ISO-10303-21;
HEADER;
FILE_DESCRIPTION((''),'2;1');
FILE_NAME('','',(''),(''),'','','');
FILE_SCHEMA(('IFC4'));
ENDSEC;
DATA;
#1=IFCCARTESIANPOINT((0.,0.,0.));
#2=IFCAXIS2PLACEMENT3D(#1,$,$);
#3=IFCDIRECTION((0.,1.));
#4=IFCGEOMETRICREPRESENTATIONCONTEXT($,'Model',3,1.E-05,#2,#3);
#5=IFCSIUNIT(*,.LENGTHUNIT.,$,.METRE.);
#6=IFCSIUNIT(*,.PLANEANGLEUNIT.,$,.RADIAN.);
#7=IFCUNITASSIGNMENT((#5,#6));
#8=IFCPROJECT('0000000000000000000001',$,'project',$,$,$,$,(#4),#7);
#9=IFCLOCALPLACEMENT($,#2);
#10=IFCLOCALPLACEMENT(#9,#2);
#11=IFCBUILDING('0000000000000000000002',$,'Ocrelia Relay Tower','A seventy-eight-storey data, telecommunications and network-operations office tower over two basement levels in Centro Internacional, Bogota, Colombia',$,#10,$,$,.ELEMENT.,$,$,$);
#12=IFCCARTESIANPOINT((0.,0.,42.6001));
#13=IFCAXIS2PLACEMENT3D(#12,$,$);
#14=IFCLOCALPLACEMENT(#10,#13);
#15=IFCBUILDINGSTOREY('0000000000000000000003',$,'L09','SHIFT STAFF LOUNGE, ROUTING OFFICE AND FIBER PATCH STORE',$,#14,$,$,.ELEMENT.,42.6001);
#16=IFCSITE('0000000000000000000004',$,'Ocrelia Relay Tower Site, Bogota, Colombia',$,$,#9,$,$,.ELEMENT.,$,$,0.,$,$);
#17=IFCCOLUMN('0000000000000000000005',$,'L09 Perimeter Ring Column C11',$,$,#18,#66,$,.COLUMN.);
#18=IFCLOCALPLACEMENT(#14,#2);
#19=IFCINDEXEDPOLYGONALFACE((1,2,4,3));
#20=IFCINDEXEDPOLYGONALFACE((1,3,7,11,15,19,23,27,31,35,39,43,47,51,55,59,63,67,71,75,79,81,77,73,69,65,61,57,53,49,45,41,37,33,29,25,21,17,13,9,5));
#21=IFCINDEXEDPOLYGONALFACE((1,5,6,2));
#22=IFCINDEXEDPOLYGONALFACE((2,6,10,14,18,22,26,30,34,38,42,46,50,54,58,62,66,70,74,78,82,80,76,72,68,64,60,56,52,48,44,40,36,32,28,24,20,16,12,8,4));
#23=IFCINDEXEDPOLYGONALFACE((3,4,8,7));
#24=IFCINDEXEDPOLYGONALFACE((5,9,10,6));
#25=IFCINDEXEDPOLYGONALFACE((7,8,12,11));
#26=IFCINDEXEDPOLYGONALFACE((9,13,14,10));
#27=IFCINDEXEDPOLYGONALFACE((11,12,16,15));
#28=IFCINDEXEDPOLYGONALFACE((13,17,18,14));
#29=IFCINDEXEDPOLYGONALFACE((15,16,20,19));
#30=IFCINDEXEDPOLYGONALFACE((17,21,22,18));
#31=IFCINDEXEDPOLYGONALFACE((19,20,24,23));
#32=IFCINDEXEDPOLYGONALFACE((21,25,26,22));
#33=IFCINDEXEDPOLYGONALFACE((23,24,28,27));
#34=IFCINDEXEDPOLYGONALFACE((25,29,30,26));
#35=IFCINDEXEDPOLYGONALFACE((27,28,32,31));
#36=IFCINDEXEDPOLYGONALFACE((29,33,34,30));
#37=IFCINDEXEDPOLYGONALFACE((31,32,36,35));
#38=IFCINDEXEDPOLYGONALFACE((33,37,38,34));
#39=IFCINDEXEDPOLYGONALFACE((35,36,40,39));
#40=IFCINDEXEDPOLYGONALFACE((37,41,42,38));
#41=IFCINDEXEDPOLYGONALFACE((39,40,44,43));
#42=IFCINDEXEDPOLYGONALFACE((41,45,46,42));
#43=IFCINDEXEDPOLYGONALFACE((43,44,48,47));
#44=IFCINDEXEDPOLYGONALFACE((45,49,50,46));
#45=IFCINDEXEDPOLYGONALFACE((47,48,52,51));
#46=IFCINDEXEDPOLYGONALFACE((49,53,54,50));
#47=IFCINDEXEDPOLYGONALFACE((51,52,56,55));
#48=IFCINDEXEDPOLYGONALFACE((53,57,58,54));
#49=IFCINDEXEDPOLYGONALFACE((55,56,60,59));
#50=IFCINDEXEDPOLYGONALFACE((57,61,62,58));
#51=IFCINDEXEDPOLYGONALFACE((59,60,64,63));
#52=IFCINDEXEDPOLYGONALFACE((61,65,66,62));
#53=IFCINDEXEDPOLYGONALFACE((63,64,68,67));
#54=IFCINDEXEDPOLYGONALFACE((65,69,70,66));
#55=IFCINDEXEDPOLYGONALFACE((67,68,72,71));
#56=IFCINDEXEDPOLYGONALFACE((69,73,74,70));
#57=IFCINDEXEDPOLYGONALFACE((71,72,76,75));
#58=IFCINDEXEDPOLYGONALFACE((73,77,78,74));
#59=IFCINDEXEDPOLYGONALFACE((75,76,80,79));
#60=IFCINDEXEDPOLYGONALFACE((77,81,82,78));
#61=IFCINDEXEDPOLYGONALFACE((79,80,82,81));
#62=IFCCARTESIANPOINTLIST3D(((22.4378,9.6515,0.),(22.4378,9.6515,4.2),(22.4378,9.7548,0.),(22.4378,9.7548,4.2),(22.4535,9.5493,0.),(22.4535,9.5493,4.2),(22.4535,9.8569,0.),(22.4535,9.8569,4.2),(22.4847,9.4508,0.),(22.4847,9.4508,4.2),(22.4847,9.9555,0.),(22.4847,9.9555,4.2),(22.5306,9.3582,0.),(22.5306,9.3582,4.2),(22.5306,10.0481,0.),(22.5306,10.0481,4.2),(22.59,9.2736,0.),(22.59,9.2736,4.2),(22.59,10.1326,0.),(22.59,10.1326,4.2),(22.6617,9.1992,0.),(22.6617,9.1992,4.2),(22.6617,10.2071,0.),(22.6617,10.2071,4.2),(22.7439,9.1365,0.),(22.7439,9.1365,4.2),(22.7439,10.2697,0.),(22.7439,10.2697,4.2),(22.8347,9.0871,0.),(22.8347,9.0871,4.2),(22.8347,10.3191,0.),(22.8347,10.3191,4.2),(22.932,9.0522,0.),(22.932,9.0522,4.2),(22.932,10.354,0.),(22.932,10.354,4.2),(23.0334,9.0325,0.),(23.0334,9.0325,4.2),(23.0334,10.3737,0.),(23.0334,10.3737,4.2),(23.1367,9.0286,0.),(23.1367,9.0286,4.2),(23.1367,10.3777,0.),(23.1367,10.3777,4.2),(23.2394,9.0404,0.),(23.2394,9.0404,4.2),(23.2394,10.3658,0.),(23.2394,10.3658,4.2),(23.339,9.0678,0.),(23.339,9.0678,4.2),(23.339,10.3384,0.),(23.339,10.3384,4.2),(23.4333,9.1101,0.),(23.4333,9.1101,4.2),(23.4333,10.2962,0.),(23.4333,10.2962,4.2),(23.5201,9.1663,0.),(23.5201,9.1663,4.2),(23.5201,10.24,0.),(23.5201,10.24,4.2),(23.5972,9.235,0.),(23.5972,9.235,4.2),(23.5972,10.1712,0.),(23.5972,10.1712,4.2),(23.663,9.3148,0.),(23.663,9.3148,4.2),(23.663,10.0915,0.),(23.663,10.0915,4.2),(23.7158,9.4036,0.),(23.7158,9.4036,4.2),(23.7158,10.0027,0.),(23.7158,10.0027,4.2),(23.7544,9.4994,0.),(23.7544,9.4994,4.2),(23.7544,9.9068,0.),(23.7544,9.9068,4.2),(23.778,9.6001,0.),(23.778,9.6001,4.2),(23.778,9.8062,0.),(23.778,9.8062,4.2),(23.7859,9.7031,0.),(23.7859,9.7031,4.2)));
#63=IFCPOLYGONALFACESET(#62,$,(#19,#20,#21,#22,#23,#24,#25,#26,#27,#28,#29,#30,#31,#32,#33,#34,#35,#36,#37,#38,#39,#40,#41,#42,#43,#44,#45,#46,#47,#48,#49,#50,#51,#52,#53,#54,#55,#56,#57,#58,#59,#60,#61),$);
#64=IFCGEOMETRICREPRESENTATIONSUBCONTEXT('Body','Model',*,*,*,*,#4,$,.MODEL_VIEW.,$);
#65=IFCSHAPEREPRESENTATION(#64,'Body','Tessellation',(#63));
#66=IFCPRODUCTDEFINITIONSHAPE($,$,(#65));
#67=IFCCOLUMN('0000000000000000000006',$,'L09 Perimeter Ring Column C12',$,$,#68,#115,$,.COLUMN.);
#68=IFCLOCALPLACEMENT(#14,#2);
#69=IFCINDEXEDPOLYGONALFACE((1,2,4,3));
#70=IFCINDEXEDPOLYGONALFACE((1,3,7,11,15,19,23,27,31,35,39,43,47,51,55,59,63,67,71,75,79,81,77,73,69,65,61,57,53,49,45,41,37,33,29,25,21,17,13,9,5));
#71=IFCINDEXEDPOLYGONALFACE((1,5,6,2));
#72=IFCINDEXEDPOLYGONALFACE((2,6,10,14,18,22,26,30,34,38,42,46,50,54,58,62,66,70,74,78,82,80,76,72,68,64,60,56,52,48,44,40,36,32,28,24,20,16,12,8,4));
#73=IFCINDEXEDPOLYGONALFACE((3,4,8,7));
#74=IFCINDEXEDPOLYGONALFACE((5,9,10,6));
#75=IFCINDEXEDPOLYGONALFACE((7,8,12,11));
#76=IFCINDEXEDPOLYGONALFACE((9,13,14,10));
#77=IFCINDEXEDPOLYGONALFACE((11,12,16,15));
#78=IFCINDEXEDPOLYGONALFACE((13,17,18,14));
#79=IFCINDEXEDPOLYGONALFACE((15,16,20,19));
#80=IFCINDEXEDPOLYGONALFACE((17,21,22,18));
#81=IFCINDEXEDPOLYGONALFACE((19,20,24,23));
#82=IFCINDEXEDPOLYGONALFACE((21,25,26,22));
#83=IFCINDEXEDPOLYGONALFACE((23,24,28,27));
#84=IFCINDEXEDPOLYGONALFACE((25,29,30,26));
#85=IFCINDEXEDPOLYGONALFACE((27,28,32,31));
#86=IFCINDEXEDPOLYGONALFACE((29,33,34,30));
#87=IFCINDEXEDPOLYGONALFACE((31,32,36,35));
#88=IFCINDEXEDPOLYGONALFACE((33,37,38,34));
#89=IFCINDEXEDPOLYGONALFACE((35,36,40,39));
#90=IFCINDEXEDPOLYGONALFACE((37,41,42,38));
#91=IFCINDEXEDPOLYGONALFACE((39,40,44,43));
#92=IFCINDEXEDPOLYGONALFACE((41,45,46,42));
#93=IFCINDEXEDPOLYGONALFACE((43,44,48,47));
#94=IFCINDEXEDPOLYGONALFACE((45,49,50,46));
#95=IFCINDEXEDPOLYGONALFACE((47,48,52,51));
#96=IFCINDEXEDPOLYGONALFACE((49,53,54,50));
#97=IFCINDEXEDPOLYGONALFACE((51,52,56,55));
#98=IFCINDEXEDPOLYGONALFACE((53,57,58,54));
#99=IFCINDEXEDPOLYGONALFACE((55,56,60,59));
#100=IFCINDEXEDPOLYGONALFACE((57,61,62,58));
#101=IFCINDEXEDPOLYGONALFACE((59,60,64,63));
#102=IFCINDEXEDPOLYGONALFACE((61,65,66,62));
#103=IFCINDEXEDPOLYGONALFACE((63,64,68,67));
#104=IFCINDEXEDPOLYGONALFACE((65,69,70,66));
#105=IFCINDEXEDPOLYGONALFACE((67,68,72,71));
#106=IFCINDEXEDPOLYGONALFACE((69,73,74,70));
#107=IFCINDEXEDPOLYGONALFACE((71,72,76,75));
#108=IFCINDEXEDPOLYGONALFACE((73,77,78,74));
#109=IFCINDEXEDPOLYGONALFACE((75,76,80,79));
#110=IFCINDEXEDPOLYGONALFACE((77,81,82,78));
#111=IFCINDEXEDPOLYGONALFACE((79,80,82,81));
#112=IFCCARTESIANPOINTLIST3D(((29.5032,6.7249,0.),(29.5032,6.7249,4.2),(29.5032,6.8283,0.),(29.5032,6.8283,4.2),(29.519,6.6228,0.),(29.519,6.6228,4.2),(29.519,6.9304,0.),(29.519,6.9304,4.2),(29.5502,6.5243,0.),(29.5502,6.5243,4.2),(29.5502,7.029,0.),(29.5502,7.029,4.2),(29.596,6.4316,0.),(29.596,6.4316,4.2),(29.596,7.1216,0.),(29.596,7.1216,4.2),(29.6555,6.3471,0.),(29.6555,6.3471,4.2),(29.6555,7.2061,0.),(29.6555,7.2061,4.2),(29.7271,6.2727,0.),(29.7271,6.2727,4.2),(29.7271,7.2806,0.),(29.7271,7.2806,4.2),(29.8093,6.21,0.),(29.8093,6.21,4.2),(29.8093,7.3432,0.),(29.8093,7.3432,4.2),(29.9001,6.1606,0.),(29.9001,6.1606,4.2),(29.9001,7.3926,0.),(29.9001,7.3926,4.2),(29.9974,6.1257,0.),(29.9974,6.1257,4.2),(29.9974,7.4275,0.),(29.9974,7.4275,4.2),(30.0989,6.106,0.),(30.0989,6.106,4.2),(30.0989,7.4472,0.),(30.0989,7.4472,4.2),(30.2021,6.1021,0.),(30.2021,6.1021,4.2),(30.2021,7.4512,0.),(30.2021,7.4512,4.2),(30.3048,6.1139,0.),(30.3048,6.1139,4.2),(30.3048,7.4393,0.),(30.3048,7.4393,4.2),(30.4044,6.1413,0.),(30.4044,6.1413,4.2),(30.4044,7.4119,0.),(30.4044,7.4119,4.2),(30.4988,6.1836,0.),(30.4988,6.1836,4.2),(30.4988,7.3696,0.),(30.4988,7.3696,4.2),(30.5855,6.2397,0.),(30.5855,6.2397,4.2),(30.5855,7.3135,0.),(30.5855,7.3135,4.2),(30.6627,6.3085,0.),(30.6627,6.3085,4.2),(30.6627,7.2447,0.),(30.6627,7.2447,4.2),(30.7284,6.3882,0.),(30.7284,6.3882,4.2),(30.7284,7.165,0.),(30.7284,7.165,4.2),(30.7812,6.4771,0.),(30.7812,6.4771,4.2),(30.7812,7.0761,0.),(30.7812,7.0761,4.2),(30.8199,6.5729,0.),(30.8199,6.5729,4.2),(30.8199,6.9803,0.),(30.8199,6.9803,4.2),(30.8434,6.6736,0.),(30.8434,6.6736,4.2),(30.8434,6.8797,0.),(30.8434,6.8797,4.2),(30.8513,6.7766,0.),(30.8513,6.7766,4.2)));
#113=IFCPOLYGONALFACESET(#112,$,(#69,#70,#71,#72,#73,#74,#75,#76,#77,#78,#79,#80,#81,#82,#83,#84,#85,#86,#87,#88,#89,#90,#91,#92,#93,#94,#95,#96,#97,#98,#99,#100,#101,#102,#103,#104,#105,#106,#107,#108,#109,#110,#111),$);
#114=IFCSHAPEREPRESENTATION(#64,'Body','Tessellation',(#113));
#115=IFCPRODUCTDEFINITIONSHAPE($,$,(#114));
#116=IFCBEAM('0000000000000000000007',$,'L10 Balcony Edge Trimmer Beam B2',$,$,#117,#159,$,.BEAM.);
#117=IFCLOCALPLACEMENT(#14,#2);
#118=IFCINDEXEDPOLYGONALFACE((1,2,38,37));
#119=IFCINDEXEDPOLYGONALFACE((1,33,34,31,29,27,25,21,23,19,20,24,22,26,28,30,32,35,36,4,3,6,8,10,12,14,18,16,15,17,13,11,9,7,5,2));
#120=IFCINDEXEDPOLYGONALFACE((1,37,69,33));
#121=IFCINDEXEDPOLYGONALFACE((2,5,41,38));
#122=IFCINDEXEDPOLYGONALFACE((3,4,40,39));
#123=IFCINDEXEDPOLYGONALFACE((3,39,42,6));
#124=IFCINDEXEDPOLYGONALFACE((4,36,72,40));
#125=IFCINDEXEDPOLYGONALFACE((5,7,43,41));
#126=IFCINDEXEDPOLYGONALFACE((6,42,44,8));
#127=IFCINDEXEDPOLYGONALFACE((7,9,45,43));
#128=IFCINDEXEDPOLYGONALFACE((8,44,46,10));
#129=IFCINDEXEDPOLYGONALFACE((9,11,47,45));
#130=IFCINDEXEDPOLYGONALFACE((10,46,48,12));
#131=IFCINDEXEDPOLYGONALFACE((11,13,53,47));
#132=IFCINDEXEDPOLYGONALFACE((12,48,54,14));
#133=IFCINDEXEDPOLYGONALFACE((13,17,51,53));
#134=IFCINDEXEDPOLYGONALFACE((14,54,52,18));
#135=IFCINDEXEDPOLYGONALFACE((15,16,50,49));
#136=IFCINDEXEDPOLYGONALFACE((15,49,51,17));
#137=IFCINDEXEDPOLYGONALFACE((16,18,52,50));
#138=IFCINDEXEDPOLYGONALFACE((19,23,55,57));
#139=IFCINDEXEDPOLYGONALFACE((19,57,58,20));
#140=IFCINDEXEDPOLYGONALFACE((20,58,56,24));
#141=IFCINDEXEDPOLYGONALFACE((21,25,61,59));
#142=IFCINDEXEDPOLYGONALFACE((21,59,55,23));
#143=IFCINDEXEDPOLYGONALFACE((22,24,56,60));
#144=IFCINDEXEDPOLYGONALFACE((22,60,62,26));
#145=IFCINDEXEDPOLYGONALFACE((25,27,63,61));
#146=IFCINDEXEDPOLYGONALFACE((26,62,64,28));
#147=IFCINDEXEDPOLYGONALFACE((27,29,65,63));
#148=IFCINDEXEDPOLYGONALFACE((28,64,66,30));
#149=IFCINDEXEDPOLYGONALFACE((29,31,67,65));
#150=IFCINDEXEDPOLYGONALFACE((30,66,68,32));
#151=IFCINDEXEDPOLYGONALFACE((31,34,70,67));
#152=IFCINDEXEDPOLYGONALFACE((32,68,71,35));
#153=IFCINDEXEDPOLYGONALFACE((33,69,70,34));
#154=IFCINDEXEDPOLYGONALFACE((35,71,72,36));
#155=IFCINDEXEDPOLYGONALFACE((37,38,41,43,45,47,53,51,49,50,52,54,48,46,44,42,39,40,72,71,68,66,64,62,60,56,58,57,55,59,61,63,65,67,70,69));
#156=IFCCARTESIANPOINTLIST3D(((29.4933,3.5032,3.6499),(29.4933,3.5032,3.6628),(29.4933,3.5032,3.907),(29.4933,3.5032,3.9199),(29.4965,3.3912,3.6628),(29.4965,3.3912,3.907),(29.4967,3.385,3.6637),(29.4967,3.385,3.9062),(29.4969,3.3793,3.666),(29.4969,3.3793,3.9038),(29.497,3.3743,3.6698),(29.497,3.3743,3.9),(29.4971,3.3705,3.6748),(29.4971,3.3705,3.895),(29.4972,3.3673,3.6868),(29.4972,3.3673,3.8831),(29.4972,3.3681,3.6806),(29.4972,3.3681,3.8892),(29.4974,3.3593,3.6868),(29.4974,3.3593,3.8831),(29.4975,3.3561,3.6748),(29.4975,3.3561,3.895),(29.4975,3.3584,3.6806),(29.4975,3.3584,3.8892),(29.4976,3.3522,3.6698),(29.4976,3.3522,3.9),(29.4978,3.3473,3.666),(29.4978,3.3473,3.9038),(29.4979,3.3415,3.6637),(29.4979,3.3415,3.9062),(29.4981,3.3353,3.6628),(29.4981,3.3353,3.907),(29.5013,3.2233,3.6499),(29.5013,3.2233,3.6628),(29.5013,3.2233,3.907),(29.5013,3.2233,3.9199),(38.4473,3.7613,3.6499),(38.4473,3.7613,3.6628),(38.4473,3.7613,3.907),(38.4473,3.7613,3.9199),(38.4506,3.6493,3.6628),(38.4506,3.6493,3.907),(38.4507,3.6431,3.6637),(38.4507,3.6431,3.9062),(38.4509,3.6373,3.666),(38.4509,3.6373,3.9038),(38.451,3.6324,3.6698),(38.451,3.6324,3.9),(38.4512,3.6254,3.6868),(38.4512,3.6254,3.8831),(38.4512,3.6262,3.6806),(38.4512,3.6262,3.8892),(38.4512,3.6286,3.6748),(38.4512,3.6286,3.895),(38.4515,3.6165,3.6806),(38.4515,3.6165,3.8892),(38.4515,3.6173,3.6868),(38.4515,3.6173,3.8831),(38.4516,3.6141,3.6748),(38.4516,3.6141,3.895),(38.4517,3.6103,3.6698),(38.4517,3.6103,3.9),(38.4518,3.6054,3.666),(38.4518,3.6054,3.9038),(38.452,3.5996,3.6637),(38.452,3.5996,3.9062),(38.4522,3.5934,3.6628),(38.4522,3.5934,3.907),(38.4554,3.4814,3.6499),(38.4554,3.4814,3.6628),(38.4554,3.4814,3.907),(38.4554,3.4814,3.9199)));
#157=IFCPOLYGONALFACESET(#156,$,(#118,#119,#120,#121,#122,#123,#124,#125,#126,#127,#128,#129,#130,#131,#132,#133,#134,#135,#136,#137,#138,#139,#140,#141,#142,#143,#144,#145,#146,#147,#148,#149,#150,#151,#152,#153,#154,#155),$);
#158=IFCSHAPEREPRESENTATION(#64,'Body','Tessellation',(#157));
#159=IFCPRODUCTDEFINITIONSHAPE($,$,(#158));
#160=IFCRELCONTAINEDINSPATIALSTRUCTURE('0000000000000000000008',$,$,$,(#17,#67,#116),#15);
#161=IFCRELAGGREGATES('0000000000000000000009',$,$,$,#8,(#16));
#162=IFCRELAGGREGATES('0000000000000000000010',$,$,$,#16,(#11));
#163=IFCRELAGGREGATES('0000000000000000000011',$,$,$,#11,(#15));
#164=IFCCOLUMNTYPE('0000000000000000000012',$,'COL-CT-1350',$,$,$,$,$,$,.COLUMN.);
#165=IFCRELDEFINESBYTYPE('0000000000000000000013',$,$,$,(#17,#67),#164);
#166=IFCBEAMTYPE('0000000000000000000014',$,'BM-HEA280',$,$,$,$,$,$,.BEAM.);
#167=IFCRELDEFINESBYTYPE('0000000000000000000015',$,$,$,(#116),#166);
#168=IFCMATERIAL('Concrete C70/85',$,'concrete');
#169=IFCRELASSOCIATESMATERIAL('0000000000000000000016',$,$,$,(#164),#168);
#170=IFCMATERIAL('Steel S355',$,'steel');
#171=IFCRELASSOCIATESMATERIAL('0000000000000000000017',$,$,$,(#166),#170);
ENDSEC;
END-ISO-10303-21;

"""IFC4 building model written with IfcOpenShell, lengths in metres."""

from ifc_helpers import new_model, si_unit, direction, frame, origin, origin_2d, place, context, subcontext, project, spatial, circle, i_section, extrude, material, material_profile, profile_set, type_object, element, save


model = new_model("IFC4")

# Units and contexts
model_context = context("Model", 3, precision=1e-05, world=origin(), true_north=direction((0.0, 1.0)))
body_context = subcontext(model_context, "Body", "Model", "MODEL_VIEW")
ifc_project = project(units=[si_unit("LENGTHUNIT", "METRE"), si_unit("PLANEANGLEUNIT", "RADIAN")], contexts=[model_context])

# Site, building, storey
site_placement = place(None, origin())
site = spatial("IfcSite", under=ifc_project, at=site_placement, Name="Ocrelia Relay Tower Site, Bogota, Colombia", CompositionType="ELEMENT", RefElevation=0.0)
building_placement = place(site_placement, origin())
building = spatial("IfcBuilding", under=site, at=building_placement, Name="Ocrelia Relay Tower", Description="A seventy-eight-storey data, telecommunications and network-operations office tower over two basement levels in Centro Internacional, Bogota, Colombia", CompositionType="ELEMENT")
storey_placement = place(building_placement, frame((0.0, 0.0, 42.6001)))
storey = spatial("IfcBuildingStorey", under=building, at=storey_placement, Name="L09", Description="SHIFT STAFF LOUNGE, ROUTING OFFICE AND FIBER PATCH STORE", CompositionType="ELEMENT", Elevation=42.6001)

# Columns
ifc_material_1 = material(Name="Concrete C70/85", Category="concrete")
ifc_material_profile_1 = material_profile(ifc_material_1, circle(Radius=0.675, at=origin_2d()), Name="RC-CIR-1350")
ifc_profile_set_1 = profile_set([ifc_material_profile_1], Name="Concrete C70/85")
column_type = type_object("IfcColumnType", Name="COL-CT-1350", PredefinedType="COLUMN", material=ifc_profile_set_1)
for number, where, z_axis, x_axis, name in (
    (1, (23.1108, 9.7031, 0.0), (0.0, 0.0, 1.0), (1.0, 0.0, 0.0), "L09 Perimeter Ring Column C11"),
    (2, (30.1763, 6.7766, 0.0), (0.0, 0.0, 1.0), (1.0, 0.0, 0.0), "L09 Perimeter Ring Column C12"),
):
    element("IfcColumn", number, at=place(storey_placement, frame(where, z_axis=z_axis, x_axis=x_axis)), inside=storey, type_object=column_type, Name=name, PredefinedType="COLUMN", context=body_context, shape_type="SweptSolid", body=[
        extrude(circle(Radius=0.675, at=origin_2d()), origin(), (0.0, 0.0, 1.0), 4.2),
    ])

# Beam
ifc_material_2 = material(Name="Steel S355", Category="steel")
ifc_material_profile_2 = material_profile(ifc_material_2, i_section(OverallWidth=0.28, OverallDepth=0.27, WebThickness=0.0081, FlangeThickness=0.0129, FilletRadius=0.0239, at=origin_2d()), Name="HEA 280")
ifc_profile_set_2 = profile_set([ifc_material_profile_2], Name="Steel S355")
beam_type_1 = type_object("IfcBeamType", Name="BM-HEA280", PredefinedType="BEAM", material=ifc_profile_set_2)
beam_1_placement = place(storey_placement, frame((29.4973, 3.3633, 3.7849), z_axis=(0.999585, 0.028808, 0.0), x_axis=(-0.028808, 0.999585, 0.0)))
element("IfcBeam", 3, at=beam_1_placement, inside=storey, type_object=beam_type_1, Name="L10 Balcony Edge Trimmer Beam B2", PredefinedType="BEAM", context=body_context, shape_type="SweptSolid", body=[
    extrude(i_section(OverallWidth=0.28, OverallDepth=0.27, WebThickness=0.0081, FlangeThickness=0.0129, FilletRadius=0.0239, at=origin_2d()), origin(), (0.0, 0.0, 1.0), 8.9578),
])

save(model, "model.ifc")
